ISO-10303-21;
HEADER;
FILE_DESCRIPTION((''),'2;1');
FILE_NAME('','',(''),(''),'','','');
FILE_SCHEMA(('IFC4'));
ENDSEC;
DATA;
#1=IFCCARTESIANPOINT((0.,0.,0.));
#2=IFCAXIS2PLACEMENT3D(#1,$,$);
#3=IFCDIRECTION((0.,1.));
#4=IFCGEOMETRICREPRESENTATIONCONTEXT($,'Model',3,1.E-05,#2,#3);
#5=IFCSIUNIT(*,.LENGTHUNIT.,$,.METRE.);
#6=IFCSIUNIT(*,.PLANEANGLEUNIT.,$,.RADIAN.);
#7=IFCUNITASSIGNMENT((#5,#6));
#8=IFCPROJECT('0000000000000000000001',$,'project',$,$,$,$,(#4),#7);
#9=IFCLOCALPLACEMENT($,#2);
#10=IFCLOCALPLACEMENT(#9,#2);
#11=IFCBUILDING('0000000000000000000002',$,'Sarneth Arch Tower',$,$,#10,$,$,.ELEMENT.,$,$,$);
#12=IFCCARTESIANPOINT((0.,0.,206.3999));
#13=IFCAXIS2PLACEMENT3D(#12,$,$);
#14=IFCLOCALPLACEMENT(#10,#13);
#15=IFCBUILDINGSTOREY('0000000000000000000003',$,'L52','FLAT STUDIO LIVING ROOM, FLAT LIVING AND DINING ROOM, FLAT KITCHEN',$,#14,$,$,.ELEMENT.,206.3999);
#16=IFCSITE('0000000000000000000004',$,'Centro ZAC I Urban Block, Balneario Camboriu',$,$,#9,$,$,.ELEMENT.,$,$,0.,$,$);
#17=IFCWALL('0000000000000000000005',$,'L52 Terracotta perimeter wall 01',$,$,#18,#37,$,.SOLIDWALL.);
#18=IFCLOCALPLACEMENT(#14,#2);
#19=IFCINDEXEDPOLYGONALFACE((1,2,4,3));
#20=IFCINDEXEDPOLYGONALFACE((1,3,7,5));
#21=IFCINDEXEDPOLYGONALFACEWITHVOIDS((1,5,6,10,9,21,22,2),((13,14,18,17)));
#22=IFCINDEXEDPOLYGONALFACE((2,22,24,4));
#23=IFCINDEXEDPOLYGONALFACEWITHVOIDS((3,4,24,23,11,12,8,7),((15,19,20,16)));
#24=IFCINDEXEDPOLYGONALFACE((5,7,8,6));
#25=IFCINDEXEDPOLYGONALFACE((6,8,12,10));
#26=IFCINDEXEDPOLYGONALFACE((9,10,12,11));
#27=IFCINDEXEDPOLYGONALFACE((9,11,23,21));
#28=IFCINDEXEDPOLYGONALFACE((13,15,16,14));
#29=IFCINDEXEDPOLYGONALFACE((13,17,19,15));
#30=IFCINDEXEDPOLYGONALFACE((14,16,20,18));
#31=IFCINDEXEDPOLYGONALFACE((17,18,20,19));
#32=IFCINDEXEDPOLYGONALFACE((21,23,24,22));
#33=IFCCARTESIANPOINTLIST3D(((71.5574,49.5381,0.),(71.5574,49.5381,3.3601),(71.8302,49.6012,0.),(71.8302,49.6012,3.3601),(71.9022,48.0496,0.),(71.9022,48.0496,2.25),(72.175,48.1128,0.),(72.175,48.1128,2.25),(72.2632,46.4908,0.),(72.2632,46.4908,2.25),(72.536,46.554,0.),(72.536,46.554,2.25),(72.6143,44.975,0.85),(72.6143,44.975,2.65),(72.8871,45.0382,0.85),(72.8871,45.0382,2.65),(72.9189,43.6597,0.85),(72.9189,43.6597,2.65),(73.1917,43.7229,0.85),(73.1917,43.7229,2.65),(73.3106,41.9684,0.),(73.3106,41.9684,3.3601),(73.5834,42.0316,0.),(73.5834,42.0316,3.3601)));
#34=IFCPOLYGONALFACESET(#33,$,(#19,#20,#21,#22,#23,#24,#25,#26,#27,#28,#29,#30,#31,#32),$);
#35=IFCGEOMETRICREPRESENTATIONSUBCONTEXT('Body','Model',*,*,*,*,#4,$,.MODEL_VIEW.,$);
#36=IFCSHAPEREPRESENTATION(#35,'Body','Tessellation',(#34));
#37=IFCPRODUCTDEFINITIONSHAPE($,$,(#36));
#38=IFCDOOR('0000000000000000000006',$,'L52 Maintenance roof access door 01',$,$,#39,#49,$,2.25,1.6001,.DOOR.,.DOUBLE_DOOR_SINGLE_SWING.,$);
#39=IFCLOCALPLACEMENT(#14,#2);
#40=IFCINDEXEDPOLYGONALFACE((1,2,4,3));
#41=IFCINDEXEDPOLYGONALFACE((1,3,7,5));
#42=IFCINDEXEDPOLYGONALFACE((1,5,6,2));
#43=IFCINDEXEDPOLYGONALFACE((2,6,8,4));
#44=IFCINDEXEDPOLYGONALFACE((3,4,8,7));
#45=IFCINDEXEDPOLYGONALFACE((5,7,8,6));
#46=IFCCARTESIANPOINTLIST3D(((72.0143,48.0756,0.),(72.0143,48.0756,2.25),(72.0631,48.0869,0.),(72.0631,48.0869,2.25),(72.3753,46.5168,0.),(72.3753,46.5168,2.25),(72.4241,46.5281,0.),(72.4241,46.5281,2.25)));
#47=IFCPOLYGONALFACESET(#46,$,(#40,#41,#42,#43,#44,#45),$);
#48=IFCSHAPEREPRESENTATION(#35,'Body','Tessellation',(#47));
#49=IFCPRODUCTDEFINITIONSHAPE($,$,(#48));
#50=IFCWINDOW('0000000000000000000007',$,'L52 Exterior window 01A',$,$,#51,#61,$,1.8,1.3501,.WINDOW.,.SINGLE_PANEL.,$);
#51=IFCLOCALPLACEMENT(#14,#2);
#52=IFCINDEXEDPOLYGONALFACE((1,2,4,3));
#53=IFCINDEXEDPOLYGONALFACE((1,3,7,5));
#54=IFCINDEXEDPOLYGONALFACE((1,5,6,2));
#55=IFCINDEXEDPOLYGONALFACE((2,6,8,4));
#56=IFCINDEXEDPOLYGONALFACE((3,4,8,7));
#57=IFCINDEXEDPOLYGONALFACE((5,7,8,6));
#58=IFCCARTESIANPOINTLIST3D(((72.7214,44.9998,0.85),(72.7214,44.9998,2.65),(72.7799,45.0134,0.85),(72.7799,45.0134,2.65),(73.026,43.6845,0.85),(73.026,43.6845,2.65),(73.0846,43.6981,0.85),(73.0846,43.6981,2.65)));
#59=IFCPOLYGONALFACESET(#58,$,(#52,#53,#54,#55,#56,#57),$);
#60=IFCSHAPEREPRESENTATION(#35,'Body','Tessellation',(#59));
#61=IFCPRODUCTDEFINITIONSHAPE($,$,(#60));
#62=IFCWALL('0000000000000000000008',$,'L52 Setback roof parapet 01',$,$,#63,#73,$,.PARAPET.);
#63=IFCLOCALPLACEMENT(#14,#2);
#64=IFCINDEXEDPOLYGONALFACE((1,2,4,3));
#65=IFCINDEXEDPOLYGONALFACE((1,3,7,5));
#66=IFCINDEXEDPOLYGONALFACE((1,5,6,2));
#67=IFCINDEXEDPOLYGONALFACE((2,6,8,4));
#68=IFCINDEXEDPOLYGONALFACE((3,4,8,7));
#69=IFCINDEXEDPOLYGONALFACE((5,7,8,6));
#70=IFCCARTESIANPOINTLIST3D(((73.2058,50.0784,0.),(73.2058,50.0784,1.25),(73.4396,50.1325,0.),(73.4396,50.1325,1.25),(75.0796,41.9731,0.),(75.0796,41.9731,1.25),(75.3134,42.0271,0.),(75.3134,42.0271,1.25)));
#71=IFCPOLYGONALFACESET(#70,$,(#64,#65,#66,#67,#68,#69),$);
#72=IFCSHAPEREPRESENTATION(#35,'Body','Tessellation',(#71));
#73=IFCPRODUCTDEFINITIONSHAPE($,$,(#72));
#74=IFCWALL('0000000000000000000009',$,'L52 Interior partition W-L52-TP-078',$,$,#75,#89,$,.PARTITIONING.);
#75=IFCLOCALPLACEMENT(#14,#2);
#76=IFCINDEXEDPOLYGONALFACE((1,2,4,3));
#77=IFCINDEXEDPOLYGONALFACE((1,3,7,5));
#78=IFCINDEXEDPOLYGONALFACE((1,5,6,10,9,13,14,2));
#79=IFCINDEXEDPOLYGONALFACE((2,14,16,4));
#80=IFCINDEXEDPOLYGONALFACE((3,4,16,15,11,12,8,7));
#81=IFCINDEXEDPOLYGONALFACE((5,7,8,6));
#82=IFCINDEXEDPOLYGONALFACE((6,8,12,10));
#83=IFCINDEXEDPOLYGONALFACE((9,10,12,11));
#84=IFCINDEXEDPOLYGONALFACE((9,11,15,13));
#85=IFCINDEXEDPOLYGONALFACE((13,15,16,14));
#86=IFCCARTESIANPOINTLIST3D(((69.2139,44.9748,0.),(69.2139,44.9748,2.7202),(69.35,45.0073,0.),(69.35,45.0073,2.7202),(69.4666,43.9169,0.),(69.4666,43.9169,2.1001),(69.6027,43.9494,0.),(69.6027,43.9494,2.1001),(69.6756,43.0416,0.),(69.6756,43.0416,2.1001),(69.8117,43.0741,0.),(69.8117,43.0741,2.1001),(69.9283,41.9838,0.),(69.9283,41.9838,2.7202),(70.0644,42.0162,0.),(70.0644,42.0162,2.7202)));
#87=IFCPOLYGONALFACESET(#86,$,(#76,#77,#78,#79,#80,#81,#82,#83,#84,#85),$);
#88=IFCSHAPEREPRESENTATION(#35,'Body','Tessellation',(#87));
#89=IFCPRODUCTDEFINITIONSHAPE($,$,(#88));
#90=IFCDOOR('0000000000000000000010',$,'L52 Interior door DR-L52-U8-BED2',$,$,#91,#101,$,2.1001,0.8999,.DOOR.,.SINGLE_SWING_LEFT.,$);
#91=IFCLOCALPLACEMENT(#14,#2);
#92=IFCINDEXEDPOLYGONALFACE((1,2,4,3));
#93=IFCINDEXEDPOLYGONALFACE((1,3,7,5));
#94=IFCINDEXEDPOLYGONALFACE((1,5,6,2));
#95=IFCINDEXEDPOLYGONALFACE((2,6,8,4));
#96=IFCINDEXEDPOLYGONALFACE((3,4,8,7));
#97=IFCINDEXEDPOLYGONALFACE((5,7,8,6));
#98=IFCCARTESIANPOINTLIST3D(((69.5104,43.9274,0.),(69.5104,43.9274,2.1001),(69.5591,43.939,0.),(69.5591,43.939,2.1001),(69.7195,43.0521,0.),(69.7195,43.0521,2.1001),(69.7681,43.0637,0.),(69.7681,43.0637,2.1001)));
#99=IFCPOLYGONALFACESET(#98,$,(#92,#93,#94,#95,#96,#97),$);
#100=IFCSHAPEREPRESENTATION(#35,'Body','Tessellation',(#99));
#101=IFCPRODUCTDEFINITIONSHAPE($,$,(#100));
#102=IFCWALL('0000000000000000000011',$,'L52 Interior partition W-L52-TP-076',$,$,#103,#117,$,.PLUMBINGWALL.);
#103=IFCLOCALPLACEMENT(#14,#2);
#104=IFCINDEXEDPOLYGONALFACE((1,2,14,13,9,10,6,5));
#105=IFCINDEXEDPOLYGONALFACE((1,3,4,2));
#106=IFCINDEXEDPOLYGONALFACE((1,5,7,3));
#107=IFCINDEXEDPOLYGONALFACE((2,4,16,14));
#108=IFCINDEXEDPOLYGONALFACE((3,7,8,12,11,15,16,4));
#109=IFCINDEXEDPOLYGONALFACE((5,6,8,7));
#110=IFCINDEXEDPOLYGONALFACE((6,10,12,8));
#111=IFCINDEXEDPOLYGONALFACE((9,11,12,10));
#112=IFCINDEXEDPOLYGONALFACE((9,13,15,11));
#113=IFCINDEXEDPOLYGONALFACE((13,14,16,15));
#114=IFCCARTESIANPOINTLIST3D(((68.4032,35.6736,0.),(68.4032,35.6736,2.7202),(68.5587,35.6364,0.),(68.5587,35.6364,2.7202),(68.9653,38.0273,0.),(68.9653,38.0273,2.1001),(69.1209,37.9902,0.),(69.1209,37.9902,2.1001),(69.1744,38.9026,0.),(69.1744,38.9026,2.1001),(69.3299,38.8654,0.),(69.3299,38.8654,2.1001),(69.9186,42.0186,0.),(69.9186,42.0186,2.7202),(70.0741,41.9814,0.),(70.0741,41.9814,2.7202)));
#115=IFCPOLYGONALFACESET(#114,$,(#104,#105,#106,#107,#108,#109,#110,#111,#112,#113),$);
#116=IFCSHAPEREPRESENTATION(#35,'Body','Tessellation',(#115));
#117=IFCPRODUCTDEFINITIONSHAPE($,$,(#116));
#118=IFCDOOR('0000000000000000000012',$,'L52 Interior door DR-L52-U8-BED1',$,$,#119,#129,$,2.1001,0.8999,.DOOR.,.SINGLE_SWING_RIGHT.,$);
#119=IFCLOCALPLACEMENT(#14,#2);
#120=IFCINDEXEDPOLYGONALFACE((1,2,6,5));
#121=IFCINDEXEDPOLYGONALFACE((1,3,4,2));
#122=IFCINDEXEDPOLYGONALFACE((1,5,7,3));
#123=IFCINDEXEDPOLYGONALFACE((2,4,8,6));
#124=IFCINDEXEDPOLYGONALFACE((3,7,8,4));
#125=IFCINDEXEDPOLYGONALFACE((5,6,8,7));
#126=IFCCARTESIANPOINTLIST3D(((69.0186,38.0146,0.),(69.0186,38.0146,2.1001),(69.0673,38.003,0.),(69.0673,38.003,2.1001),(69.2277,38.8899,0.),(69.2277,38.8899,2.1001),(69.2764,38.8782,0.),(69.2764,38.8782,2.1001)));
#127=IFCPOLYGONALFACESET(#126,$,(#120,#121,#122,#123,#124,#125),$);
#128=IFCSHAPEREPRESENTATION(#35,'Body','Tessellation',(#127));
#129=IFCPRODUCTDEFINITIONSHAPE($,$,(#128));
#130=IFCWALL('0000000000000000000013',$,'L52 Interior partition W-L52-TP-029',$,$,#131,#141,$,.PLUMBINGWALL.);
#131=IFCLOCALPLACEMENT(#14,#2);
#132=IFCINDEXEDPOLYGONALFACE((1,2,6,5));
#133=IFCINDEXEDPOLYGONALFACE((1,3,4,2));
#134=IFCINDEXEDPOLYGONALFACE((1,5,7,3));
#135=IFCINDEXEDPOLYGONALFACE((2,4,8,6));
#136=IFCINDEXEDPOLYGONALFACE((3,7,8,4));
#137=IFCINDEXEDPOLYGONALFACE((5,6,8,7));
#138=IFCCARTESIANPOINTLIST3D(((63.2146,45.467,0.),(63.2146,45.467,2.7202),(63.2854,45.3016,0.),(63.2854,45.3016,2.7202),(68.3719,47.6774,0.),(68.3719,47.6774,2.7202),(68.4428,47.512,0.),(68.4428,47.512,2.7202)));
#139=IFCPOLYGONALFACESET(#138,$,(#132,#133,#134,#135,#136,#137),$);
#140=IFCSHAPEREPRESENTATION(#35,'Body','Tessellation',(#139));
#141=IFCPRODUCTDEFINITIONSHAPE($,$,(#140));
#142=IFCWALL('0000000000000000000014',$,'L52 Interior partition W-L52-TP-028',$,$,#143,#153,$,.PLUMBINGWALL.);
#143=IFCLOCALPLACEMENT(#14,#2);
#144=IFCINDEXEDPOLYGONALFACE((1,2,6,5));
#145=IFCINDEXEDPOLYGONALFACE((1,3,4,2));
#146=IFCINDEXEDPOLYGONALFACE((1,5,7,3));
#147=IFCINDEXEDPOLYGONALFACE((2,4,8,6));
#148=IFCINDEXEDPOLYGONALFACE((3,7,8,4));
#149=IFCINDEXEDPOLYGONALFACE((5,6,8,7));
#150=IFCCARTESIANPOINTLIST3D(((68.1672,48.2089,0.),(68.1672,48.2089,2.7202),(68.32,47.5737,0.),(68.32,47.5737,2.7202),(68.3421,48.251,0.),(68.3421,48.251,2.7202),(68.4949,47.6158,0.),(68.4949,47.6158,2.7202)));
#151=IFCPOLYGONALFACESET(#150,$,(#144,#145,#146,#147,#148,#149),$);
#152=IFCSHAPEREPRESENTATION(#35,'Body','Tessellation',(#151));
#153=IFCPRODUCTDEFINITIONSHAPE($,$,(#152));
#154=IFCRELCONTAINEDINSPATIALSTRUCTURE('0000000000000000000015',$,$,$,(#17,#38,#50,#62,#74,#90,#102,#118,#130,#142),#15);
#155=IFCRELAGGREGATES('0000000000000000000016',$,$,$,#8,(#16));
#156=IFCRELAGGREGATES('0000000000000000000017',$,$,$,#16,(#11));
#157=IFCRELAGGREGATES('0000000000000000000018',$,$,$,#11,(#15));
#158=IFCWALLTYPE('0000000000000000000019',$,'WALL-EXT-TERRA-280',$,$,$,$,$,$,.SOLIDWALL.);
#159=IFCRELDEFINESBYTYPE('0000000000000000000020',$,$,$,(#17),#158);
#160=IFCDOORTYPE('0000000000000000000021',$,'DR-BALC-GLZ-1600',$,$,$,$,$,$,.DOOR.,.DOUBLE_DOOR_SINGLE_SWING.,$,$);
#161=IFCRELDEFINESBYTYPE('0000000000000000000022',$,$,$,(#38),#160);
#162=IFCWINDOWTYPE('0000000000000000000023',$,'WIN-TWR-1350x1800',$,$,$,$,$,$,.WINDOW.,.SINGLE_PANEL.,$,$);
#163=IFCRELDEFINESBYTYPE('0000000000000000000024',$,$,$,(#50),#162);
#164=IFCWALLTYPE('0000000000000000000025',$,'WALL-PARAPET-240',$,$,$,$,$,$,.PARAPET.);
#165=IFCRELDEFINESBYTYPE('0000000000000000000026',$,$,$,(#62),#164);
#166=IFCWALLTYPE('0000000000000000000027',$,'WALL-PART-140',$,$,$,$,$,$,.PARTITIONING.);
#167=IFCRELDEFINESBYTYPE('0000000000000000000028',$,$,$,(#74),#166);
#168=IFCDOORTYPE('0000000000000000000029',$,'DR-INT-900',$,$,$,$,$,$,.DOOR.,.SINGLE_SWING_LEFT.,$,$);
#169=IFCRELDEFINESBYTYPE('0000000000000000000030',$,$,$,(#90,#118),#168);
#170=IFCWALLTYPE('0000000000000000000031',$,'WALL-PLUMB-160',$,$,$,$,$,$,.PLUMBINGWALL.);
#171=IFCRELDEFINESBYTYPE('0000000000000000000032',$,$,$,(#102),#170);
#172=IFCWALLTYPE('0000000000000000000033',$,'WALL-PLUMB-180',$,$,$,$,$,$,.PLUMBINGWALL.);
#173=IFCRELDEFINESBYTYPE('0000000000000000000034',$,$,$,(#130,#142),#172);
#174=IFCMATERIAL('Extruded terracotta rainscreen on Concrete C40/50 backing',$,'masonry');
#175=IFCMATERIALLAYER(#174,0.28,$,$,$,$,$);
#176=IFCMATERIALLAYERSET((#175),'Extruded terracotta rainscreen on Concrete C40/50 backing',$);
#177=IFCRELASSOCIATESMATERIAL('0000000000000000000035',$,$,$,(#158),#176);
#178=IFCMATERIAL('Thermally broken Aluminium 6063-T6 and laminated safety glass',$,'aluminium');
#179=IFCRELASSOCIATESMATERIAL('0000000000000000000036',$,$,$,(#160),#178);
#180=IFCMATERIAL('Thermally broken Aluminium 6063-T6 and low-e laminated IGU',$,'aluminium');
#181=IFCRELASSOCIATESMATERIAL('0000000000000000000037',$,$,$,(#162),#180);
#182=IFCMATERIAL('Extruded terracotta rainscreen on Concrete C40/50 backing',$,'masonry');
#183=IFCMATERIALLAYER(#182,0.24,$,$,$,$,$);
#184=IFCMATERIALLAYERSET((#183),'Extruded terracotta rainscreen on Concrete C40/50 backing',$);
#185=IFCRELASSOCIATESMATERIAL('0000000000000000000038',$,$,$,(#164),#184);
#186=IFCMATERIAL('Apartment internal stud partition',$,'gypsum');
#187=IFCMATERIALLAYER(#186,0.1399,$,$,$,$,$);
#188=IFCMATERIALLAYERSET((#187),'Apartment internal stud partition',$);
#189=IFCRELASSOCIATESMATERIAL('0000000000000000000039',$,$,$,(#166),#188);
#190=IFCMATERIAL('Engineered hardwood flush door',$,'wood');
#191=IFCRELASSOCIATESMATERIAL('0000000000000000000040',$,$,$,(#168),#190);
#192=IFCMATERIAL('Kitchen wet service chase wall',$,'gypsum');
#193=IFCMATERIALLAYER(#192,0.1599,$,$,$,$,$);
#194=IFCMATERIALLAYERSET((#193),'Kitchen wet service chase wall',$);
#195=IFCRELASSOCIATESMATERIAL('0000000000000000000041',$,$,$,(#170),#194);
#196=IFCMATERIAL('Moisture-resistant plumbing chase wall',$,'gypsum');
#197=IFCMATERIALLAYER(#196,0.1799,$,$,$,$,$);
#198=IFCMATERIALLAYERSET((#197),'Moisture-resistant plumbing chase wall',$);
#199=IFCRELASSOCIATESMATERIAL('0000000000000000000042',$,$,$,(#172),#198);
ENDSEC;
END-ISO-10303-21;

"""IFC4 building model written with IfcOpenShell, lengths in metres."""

from ifc_helpers import new_model, si_unit, direction, frame, frame_2d, origin, place, context, subcontext, project, spatial, rectangle, extrude, material, layer, layer_set, type_object, element, fill, save


model = new_model("IFC4")

# Units and contexts
model_context = context("Model", 3, precision=1e-05, world=origin(), true_north=direction((0.0, 1.0)))
body_context = subcontext(model_context, "Body", "Model", "MODEL_VIEW")
ifc_project = project(units=[si_unit("LENGTHUNIT", "METRE"), si_unit("PLANEANGLEUNIT", "RADIAN")], contexts=[model_context])

# Site, building, storey
site_placement = place(None, origin())
site = spatial("IfcSite", under=ifc_project, at=site_placement, Name="Centro ZAC I Urban Block, Balneario Camboriu", CompositionType="ELEMENT", RefElevation=0.0)
building_placement = place(site_placement, origin())
building = spatial("IfcBuilding", under=site, at=building_placement, Name="Sarneth Arch Tower", CompositionType="ELEMENT")
storey_placement = place(building_placement, frame((0.0, 0.0, 206.3999)))
storey = spatial("IfcBuildingStorey", under=building, at=storey_placement, Name="L52", Description="FLAT STUDIO LIVING ROOM, FLAT LIVING AND DINING ROOM, FLAT KITCHEN", CompositionType="ELEMENT", Elevation=206.3999)

# Wall, openings, door, window
ifc_material_1 = material(Name="Extruded terracotta rainscreen on Concrete C40/50 backing", Category="masonry")
ifc_layer_1 = layer(ifc_material_1, 0.28)
ifc_layer_set_1 = layer_set([ifc_layer_1], Name="Extruded terracotta rainscreen on Concrete C40/50 backing")
wall_type_1 = type_object("IfcWallType", Name="WALL-EXT-TERRA-280", PredefinedType="SOLIDWALL", material=ifc_layer_set_1)
wall_1_placement = place(storey_placement, frame((73.447, 42.0, 0.0), z_axis=(0.0, 0.0, 1.0), x_axis=(-0.225635, 0.974212, 0.0)))
wall_1 = element("IfcWall", 1, at=wall_1_placement, inside=storey, type_object=wall_type_1, Name="L52 Terracotta perimeter wall 01", PredefinedType="SOLIDWALL", context=body_context, shape_type="SweptSolid", body=[
    extrude(rectangle(XDim=7.77, YDim=0.28, at=frame_2d((3.885, 0.0))), origin(), (0.0, 0.0, 1.0), 3.3601),
])
opening_1_placement = place(wall_1_placement, frame((1.7361, 0.0, 0.8501)))
opening_1 = element("IfcOpeningElement", 2, at=opening_1_placement, cuts=wall_1, PredefinedType="OPENING", context=body_context, shape_type="SweptSolid", body=[
    extrude(rectangle(XDim=1.3501, YDim=1.8, at=frame_2d((0.675, 0.8999))), frame((0.0, 0.1499, 0.0), z_axis=(0.0, -1.0, 0.0), x_axis=(1.0, 0.0, 0.0)), (0.0, 0.0, 1.0), 0.3),
])
opening_2_placement = place(wall_1_placement, frame((4.6421, 0.0, 0.0)))
opening_2 = element("IfcOpeningElement", 3, at=opening_2_placement, cuts=wall_1, PredefinedType="OPENING", context=body_context, shape_type="SweptSolid", body=[
    extrude(rectangle(XDim=1.6001, YDim=2.25, at=frame_2d((0.8, 1.125))), frame((0.0, 0.1499, 0.0), z_axis=(0.0, -1.0, 0.0), x_axis=(1.0, 0.0, 0.0)), (0.0, 0.0, 1.0), 0.3),
])
ifc_material_2 = material(Name="Thermally broken Aluminium 6063-T6 and laminated safety glass", Category="aluminium")
door_type_1 = type_object("IfcDoorType", Name="DR-BALC-GLZ-1600", OperationType="DOUBLE_DOOR_SINGLE_SWING", PredefinedType="DOOR", material=ifc_material_2)
door_1_placement = place(opening_2_placement, origin())
door_1 = element("IfcDoor", 4, at=door_1_placement, inside=storey, type_object=door_type_1, Name="L52 Maintenance roof access door 01", OperationType="DOUBLE_DOOR_SINGLE_SWING", OverallHeight=2.25, OverallWidth=1.6001, PredefinedType="DOOR", context=body_context, shape_type="SweptSolid", body=[
    extrude(rectangle(XDim=1.6001, YDim=2.25, at=frame_2d((0.8, 1.125))), frame((0.0, 0.0249, 0.0), z_axis=(0.0, -1.0, 0.0), x_axis=(1.0, 0.0, 0.0)), (0.0, 0.0, 1.0), 0.05),
])
fill(opening_2, door_1)
ifc_material_3 = material(Name="Thermally broken Aluminium 6063-T6 and low-e laminated IGU", Category="aluminium")
window_type = type_object("IfcWindowType", Name="WIN-TWR-1350x1800", PartitioningType="SINGLE_PANEL", PredefinedType="WINDOW", material=ifc_material_3)
window_placement = place(opening_1_placement, origin())
window = element("IfcWindow", 5, at=window_placement, inside=storey, type_object=window_type, Name="L52 Exterior window 01A", OverallHeight=1.8, OverallWidth=1.3501, PartitioningType="SINGLE_PANEL", PredefinedType="WINDOW", context=body_context, shape_type="SweptSolid", body=[
    extrude(rectangle(XDim=1.3501, YDim=1.8, at=frame_2d((0.675, 0.8999))), frame((0.0, 0.03, 0.0), z_axis=(0.0, -1.0, 0.0), x_axis=(1.0, 0.0, 0.0)), (0.0, 0.0, 1.0), 0.0601),
])
fill(opening_1, window)

# Wall
ifc_material_4 = material(Name="Extruded terracotta rainscreen on Concrete C40/50 backing", Category="masonry")
ifc_layer_2 = layer(ifc_material_4, 0.24)
ifc_layer_set_2 = layer_set([ifc_layer_2], Name="Extruded terracotta rainscreen on Concrete C40/50 backing")
wall_type_2 = type_object("IfcWallType", Name="WALL-PARAPET-240", PredefinedType="PARAPET", material=ifc_layer_set_2)
wall_2_placement = place(storey_placement, frame((75.1965, 42.0, 0.0), z_axis=(0.0, 0.0, 1.0), x_axis=(-0.225241, 0.974303, 0.0)))
element("IfcWall", 6, at=wall_2_placement, inside=storey, type_object=wall_type_2, Name="L52 Setback roof parapet 01", PredefinedType="PARAPET", context=body_context, shape_type="SweptSolid", body=[
    extrude(rectangle(XDim=8.3191, YDim=0.24, at=frame_2d((4.1597, 0.0))), origin(), (0.0, 0.0, 1.0), 1.25),
])

# Walls, openings, doors
ifc_material_5 = material(Name="Apartment internal stud partition", Category="gypsum")
ifc_layer_3 = layer(ifc_material_5, 0.1399)
ifc_layer_set_3 = layer_set([ifc_layer_3], Name="Apartment internal stud partition")
wall_type_3 = type_object("IfcWallType", Name="WALL-PART-140", PredefinedType="PARTITIONING", material=ifc_layer_set_3)
wall_3_placement = place(storey_placement, frame((69.9963, 42.0, 0.0), z_axis=(0.0, 0.0, 1.0), x_axis=(-0.232304, 0.972643, 0.0)))
wall_3 = element("IfcWall", 7, at=wall_3_placement, inside=storey, type_object=wall_type_3, Name="L52 Interior partition W-L52-TP-078", PredefinedType="PARTITIONING", context=body_context, shape_type="SweptSolid", body=[
    extrude(rectangle(XDim=3.0752, YDim=0.1399, at=frame_2d((1.5376, 0.0))), origin(), (0.0, 0.0, 1.0), 2.7202),
])
opening_3_placement = place(wall_3_placement, frame((1.0876, 0.0, 0.0)))
opening_3 = element("IfcOpeningElement", 8, at=opening_3_placement, cuts=wall_3, PredefinedType="OPENING", context=body_context, shape_type="SweptSolid", body=[
    extrude(rectangle(XDim=0.8999, YDim=2.1001, at=frame_2d((0.45, 1.05))), frame((0.0, 0.0798, 0.0), z_axis=(0.0, -1.0, 0.0), x_axis=(1.0, 0.0, 0.0)), (0.0, 0.0, 1.0), 0.1599),
])
ifc_material_6 = material(Name="Engineered hardwood flush door", Category="wood")
door_type_2 = type_object("IfcDoorType", Name="DR-INT-900", OperationType="SINGLE_SWING_LEFT", PredefinedType="DOOR", material=ifc_material_6)
door_2_placement = place(opening_3_placement, origin())
door_2 = element("IfcDoor", 9, at=door_2_placement, inside=storey, type_object=door_type_2, Name="L52 Interior door DR-L52-U8-BED2", OperationType="SINGLE_SWING_LEFT", OverallHeight=2.1001, OverallWidth=0.8999, PredefinedType="DOOR", context=body_context, shape_type="SweptSolid", body=[
    extrude(rectangle(XDim=0.8999, YDim=2.1001, at=frame_2d((0.45, 1.05))), frame((0.0, 0.0249, 0.0), z_axis=(0.0, -1.0, 0.0), x_axis=(1.0, 0.0, 0.0)), (0.0, 0.0, 1.0), 0.05),
])
fill(opening_3, door_2)
ifc_material_7 = material(Name="Kitchen wet service chase wall", Category="gypsum")
ifc_layer_4 = layer(ifc_material_7, 0.1599)
ifc_layer_set_4 = layer_set([ifc_layer_4], Name="Kitchen wet service chase wall")
wall_type_4 = type_object("IfcWallType", Name="WALL-PLUMB-160", PredefinedType="PLUMBINGWALL", material=ifc_layer_set_4)
wall_4_placement = place(storey_placement, frame((69.9963, 42.0, 0.0), z_axis=(0.0, 0.0, 1.0), x_axis=(-0.232298, -0.972645, 0.0)))
wall_4 = element("IfcWall", 10, at=wall_4_placement, inside=storey, type_object=wall_type_4, Name="L52 Interior partition W-L52-TP-076", PredefinedType="PLUMBINGWALL", context=body_context, shape_type="SweptSolid", body=[
    extrude(rectangle(XDim=6.5234, YDim=0.1599, at=frame_2d((3.2617, 0.0))), origin(), (0.0, 0.0, 1.0), 2.7202),
])
opening_4_placement = place(wall_4_placement, frame((3.2036, 0.0, 0.0)))
opening_4 = element("IfcOpeningElement", 11, at=opening_4_placement, cuts=wall_4, PredefinedType="OPENING", context=body_context, shape_type="SweptSolid", body=[
    extrude(rectangle(XDim=0.8999, YDim=2.1001, at=frame_2d((0.45, 1.05))), frame((0.0, 0.0898, 0.0), z_axis=(0.0, -1.0, 0.0), x_axis=(1.0, 0.0, 0.0)), (0.0, 0.0, 1.0), 0.1799),
])
door_3_placement = place(opening_4_placement, origin())
door_3 = element("IfcDoor", 12, at=door_3_placement, inside=storey, type_object=door_type_2, Name="L52 Interior door DR-L52-U8-BED1", OperationType="SINGLE_SWING_RIGHT", OverallHeight=2.1001, OverallWidth=0.8999, PredefinedType="DOOR", context=body_context, shape_type="SweptSolid", body=[
    extrude(rectangle(XDim=0.8999, YDim=2.1001, at=frame_2d((0.45, 1.05))), frame((0.0, 0.0249, 0.0), z_axis=(0.0, -1.0, 0.0), x_axis=(1.0, 0.0, 0.0)), (0.0, 0.0, 1.0), 0.05),
])
fill(opening_4, door_3)

# Walls
ifc_material_8 = material(Name="Moisture-resistant plumbing chase wall", Category="gypsum")
ifc_layer_5 = layer(ifc_material_8, 0.1799)
ifc_layer_set_5 = layer_set([ifc_layer_5], Name="Moisture-resistant plumbing chase wall")
wall_type_5 = type_object("IfcWallType", Name="WALL-PLUMB-180", PredefinedType="PLUMBINGWALL", material=ifc_layer_set_5)
wall_5_placement = place(storey_placement, frame((68.4075, 47.5947, 0.0), z_axis=(0.0, 0.0, 1.0), x_axis=(-0.919138, -0.393935, 0.0)))
element("IfcWall", 13, at=wall_5_placement, inside=storey, type_object=wall_type_5, Name="L52 Interior partition W-L52-TP-029", PredefinedType="PLUMBINGWALL", context=body_context, shape_type="SweptSolid", body=[
    extrude(rectangle(XDim=5.6111, YDim=0.1799, at=frame_2d((2.8057, 0.0))), origin(), (0.0, 0.0, 1.0), 2.7202),
])
wall_6_placement = place(storey_placement, frame((68.2546, 48.23, 0.0), z_axis=(0.0, 0.0, 1.0), x_axis=(0.23391, -0.972258, 0.0)))
element("IfcWall", 14, at=wall_6_placement, inside=storey, type_object=wall_type_5, Name="L52 Interior partition W-L52-TP-028", PredefinedType="PLUMBINGWALL", context=body_context, shape_type="SweptSolid", body=[
    extrude(rectangle(XDim=0.6533, YDim=0.1799, at=frame_2d((0.3267, 0.0))), origin(), (0.0, 0.0, 1.0), 2.7202),
])

save(model, "model.ifc")
